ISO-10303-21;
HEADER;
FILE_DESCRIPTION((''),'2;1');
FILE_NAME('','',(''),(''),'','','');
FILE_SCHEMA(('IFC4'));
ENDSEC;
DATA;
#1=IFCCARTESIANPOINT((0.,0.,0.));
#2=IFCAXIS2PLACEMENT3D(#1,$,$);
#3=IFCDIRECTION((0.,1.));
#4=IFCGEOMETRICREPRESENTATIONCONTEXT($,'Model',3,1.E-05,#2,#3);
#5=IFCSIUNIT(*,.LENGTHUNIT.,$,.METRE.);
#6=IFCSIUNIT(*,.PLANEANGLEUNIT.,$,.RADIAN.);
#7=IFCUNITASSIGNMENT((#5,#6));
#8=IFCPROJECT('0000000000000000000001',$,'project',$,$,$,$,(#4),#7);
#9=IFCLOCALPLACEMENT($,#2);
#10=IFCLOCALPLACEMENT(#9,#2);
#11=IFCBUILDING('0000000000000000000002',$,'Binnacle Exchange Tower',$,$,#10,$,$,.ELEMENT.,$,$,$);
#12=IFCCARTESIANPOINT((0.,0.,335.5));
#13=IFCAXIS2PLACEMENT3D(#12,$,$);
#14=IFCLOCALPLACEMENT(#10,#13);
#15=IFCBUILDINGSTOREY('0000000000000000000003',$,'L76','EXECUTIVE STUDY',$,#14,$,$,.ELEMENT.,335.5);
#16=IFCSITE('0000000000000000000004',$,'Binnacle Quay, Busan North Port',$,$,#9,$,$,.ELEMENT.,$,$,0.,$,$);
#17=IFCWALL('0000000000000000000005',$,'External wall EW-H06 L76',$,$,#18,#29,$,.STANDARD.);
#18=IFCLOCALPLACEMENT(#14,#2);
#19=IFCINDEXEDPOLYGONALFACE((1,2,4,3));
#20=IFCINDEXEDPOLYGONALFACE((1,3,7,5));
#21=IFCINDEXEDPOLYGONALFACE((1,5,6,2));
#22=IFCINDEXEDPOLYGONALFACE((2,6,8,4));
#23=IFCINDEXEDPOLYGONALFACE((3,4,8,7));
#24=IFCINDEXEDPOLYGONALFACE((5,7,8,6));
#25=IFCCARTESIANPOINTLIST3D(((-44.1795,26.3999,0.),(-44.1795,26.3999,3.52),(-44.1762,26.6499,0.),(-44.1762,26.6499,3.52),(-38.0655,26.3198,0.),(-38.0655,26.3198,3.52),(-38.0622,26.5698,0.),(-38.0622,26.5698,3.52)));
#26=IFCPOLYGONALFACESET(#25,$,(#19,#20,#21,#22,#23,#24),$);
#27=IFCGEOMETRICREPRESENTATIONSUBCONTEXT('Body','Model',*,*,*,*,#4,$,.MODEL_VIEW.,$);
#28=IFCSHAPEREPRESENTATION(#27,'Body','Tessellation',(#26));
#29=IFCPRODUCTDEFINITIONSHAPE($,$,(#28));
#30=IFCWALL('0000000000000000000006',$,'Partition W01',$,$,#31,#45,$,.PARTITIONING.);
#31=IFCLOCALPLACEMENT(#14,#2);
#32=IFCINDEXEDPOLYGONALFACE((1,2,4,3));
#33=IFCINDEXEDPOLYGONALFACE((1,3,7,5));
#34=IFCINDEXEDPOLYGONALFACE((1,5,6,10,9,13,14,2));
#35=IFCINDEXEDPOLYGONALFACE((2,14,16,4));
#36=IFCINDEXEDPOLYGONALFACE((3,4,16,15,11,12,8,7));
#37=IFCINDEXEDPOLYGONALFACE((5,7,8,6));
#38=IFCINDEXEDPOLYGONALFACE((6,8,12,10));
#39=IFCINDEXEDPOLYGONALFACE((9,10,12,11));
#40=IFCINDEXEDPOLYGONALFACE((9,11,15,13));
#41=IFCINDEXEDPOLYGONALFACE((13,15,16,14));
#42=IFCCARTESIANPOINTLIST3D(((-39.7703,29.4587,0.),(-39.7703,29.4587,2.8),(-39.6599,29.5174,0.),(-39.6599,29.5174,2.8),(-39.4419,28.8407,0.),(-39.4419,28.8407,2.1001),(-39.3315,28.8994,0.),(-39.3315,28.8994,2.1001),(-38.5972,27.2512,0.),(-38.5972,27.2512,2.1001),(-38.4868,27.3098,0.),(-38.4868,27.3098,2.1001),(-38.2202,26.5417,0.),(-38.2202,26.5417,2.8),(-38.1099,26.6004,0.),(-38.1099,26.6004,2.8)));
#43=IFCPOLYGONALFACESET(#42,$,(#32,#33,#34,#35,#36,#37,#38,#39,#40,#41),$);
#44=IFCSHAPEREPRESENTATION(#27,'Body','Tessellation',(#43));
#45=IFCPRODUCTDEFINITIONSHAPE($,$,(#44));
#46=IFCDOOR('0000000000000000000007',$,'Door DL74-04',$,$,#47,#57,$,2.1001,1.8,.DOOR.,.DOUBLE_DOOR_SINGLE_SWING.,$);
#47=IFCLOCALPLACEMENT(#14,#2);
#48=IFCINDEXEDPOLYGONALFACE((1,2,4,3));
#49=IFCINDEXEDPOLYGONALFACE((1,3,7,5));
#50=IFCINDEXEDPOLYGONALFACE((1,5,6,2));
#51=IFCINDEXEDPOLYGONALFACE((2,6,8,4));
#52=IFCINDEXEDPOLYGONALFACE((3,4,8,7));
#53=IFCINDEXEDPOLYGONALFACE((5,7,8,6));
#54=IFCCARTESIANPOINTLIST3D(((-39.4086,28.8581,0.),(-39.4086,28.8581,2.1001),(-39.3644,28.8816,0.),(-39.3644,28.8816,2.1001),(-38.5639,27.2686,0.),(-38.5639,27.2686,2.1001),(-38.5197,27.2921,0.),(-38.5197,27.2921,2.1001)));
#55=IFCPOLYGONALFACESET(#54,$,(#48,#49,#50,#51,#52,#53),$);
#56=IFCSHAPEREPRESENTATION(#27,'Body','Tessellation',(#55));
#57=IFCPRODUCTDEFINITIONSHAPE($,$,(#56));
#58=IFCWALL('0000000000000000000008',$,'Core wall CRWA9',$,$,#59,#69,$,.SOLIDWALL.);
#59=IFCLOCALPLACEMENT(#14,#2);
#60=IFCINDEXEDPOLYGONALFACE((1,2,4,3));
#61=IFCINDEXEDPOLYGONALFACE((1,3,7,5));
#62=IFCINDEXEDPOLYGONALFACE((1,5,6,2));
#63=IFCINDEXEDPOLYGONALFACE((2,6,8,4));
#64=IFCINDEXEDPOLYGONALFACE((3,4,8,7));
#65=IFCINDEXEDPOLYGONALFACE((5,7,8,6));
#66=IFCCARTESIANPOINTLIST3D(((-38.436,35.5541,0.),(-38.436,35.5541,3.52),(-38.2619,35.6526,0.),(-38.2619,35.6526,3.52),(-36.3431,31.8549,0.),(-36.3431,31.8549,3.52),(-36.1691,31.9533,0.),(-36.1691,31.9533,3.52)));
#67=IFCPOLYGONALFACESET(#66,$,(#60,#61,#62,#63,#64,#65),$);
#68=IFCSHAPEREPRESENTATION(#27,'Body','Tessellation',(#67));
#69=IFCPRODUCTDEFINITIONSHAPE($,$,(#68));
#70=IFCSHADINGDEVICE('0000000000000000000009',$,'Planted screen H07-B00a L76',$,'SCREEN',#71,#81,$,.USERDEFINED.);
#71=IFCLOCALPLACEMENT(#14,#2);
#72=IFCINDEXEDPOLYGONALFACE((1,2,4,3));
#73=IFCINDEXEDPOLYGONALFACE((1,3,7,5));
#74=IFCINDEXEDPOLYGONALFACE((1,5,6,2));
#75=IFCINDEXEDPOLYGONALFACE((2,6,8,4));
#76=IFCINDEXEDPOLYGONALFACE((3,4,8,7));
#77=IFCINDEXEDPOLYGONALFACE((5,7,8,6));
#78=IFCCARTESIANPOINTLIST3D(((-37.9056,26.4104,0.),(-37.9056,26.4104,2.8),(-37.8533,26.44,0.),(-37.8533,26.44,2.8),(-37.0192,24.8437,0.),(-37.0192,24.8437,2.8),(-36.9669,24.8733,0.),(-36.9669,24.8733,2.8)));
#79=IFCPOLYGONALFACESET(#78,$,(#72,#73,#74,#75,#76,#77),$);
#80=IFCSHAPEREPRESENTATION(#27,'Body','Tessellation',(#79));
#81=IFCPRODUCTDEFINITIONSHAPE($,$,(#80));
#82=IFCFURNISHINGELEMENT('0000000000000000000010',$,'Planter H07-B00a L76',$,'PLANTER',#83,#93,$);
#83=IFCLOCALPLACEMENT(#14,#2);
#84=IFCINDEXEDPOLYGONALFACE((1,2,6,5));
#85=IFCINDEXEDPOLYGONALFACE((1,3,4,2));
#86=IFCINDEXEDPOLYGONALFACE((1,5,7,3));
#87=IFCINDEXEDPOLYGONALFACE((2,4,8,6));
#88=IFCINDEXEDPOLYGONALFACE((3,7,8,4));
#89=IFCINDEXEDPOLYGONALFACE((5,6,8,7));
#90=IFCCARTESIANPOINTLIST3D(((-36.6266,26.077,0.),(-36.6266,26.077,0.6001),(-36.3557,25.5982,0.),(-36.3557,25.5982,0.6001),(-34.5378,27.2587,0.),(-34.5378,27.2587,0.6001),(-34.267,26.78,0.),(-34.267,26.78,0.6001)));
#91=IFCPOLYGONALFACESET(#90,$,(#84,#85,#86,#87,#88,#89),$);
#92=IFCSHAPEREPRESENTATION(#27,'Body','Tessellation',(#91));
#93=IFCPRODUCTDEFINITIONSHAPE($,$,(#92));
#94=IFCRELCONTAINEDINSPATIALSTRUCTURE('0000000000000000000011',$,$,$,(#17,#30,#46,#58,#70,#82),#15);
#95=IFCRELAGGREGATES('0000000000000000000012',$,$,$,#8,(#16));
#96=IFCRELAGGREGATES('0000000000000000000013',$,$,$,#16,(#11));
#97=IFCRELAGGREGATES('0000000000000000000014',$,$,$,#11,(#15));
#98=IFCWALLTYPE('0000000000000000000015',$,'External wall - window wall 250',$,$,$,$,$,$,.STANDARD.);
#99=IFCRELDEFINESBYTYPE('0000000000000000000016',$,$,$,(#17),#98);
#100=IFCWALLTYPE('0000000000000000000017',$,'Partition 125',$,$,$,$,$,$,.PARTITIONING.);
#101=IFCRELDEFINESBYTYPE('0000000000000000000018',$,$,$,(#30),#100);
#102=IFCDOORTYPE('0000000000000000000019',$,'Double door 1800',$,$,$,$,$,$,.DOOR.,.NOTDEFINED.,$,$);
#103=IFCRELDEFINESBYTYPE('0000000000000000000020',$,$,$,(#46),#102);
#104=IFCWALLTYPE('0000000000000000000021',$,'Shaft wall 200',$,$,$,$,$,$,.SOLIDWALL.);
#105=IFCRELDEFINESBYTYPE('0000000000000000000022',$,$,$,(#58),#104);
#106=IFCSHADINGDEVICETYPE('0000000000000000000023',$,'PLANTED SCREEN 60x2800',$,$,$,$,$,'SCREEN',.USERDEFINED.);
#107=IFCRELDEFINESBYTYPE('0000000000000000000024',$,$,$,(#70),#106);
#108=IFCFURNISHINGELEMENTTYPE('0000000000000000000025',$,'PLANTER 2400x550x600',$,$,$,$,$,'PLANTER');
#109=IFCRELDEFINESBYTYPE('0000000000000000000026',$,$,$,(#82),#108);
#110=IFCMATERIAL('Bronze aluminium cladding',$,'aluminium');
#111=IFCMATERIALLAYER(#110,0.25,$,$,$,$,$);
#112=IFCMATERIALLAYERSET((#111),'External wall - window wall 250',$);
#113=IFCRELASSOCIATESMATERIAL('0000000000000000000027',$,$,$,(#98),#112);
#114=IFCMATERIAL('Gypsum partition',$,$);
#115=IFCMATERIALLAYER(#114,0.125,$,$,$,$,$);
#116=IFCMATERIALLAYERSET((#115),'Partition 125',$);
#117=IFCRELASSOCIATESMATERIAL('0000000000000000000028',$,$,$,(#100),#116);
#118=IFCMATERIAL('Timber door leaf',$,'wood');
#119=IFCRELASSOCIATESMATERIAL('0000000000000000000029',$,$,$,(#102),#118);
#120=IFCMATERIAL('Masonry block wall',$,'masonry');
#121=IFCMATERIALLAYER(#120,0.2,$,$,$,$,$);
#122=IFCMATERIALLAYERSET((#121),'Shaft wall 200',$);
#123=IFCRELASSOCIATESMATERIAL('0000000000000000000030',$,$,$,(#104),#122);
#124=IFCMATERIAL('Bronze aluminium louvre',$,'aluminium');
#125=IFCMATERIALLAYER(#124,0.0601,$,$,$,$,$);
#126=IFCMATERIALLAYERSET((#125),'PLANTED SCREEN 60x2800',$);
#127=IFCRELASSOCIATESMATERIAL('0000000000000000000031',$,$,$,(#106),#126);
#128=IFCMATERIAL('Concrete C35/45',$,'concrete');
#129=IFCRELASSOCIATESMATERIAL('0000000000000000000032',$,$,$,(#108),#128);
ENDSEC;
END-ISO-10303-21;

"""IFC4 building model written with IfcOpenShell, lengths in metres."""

from ifc_helpers import new_model, si_unit, direction, frame, frame_2d, origin, origin_2d, place, context, subcontext, project, spatial, rectangle, extrude, material, layer, layer_set, type_object, element, fill, save


model = new_model("IFC4")

# Units and contexts
model_context = context("Model", 3, precision=1e-05, world=origin(), true_north=direction((0.0, 1.0)))
body_context = subcontext(model_context, "Body", "Model", "MODEL_VIEW")
ifc_project = project(units=[si_unit("LENGTHUNIT", "METRE"), si_unit("PLANEANGLEUNIT", "RADIAN")], contexts=[model_context])

# Site, building, storey
site_placement = place(None, origin())
site = spatial("IfcSite", under=ifc_project, at=site_placement, Name="Binnacle Quay, Busan North Port", CompositionType="ELEMENT", RefElevation=0.0)
building_placement = place(site_placement, origin())
building = spatial("IfcBuilding", under=site, at=building_placement, Name="Binnacle Exchange Tower", CompositionType="ELEMENT")
storey_placement = place(building_placement, frame((0.0, 0.0, 335.5)))
storey = spatial("IfcBuildingStorey", under=building, at=storey_placement, Name="L76", Description="EXECUTIVE STUDY", CompositionType="ELEMENT", Elevation=335.5)

# Shared definitions
ifc_material_1 = material(Name="Bronze aluminium cladding", Category="aluminium")
ifc_layer_1 = layer(ifc_material_1, 0.25)
ifc_layer_set_1 = layer_set([ifc_layer_1], Name="External wall - window wall 250")
wall_type_1 = type_object("IfcWallType", Name="External wall - window wall 250", PredefinedType="STANDARD", material=ifc_layer_set_1)

# Wall
wall_1_placement = place(storey_placement, frame((-38.064, 26.4448, 0.0), z_axis=(0.0, 0.0, 1.0), x_axis=(-0.999914, 0.013096, 0.0)))
element("IfcWall", 1, at=wall_1_placement, inside=storey, type_object=wall_type_1, Name="External wall EW-H06 L76", PredefinedType="STANDARD", context=body_context, shape_type="SweptSolid", body=[
    extrude(rectangle(XDim=6.1145, YDim=0.25, at=frame_2d((3.0571, 0.0))), origin(), (0.0, 0.0, 1.0), 3.52),
])

# Wall, opening, door
ifc_material_2 = material(Name="Gypsum partition")
ifc_layer_2 = layer(ifc_material_2, 0.125)
ifc_layer_set_2 = layer_set([ifc_layer_2], Name="Partition 125")
wall_type_2 = type_object("IfcWallType", Name="Partition 125", PredefinedType="PARTITIONING", material=ifc_layer_set_2)
wall_2_placement = place(storey_placement, frame((-39.7151, 29.488, 0.0), z_axis=(0.0, 0.0, 1.0), x_axis=(0.469249, -0.883066, 0.0)))
wall_2 = element("IfcWall", 2, at=wall_2_placement, inside=storey, type_object=wall_type_2, Name="Partition W01", PredefinedType="PARTITIONING", context=body_context, shape_type="SweptSolid", body=[
    extrude(rectangle(XDim=3.3032, YDim=0.125, at=frame_2d((1.6516, 0.0))), origin(), (0.0, 0.0, 1.0), 2.8),
])
opening_1_placement = place(wall_2_placement, frame((0.7, 0.0, 0.0)))
opening_1 = element("IfcOpeningElement", 3, at=opening_1_placement, cuts=wall_2, PredefinedType="OPENING", context=body_context, shape_type="SweptSolid", body=[
    extrude(rectangle(XDim=1.8, YDim=2.1001, at=frame_2d((0.8999, 1.05))), frame((0.0, 0.0725, 0.0), z_axis=(0.0, -1.0, 0.0), x_axis=(1.0, 0.0, 0.0)), (0.0, 0.0, 1.0), 0.145),
])
ifc_material_3 = material(Name="Timber door leaf", Category="wood")
door_type_1 = type_object("IfcDoorType", Name="Double door 1800", OperationType="NOTDEFINED", PredefinedType="DOOR", material=ifc_material_3)
door_1_placement = place(opening_1_placement, frame((1.8, 0.0, 0.0), z_axis=(0.0, 0.0, 1.0), x_axis=(-1.0, 0.0, 0.0)))
door_1 = element("IfcDoor", 4, at=door_1_placement, inside=storey, type_object=door_type_1, Name="Door DL74-04", OperationType="DOUBLE_DOOR_SINGLE_SWING", OverallHeight=2.1001, OverallWidth=1.8, PredefinedType="DOOR", context=body_context, shape_type="SweptSolid", body=[
    extrude(rectangle(XDim=1.8, YDim=2.1001, at=frame_2d((0.8999, 1.05))), frame((0.0, 0.0249, 0.0), z_axis=(0.0, -1.0, 0.0), x_axis=(1.0, 0.0, 0.0)), (0.0, 0.0, 1.0), 0.05),
])
fill(opening_1, door_1)

# Wall
ifc_material_4 = material(Name="Masonry block wall", Category="masonry")
ifc_layer_3 = layer(ifc_material_4, 0.2)
ifc_layer_set_3 = layer_set([ifc_layer_3], Name="Shaft wall 200")
wall_type_3 = type_object("IfcWallType", Name="Shaft wall 200", PredefinedType="SOLIDWALL", material=ifc_layer_set_3)
wall_3_placement = place(storey_placement, frame((-38.3489, 35.6033, 0.0), z_axis=(0.0, 0.0, 1.0), x_axis=(0.492398, -0.87037, 0.0)))
element("IfcWall", 5, at=wall_3_placement, inside=storey, type_object=wall_type_3, Name="Core wall CRWA9", PredefinedType="SOLIDWALL", context=body_context, shape_type="SweptSolid", body=[
    extrude(rectangle(XDim=4.2502, YDim=0.2, at=frame_2d((2.125, 0.0))), origin(), (0.0, 0.0, 1.0), 3.52),
])

# Shading device
ifc_material_5 = material(Name="Bronze aluminium louvre", Category="aluminium")
ifc_layer_4 = layer(ifc_material_5, 0.0601)
ifc_layer_set_4 = layer_set([ifc_layer_4], Name="PLANTED SCREEN 60x2800")
shading_device_type = type_object("IfcShadingDeviceType", Name="PLANTED SCREEN 60x2800", ElementType="SCREEN", PredefinedType="USERDEFINED", material=ifc_layer_set_4)
shading_device_placement = place(storey_placement, frame((-37.4363, 25.6418, 0.0), z_axis=(0.0, 0.0, 1.0), x_axis=(0.870356, 0.492424, 0.0)))
element("IfcShadingDevice", 6, at=shading_device_placement, inside=storey, type_object=shading_device_type, Name="Planted screen H07-B00a L76", ObjectType="SCREEN", PredefinedType="USERDEFINED", context=body_context, shape_type="SweptSolid", body=[
    extrude(rectangle(XDim=0.0601, YDim=1.8, at=origin_2d()), origin(), (0.0, 0.0, 1.0), 2.8),
])

# Furnishing element
ifc_material_6 = material(Name="Concrete C35/45", Category="concrete")
furnishing_element_type = type_object("IfcFurnishingElementType", Name="PLANTER 2400x550x600", ElementType="PLANTER", material=ifc_material_6)
furnishing_placement = place(storey_placement, frame((-35.4468, 26.4285, 0.0), z_axis=(0.0, 0.0, 1.0), x_axis=(0.870356, 0.492424, 0.0)))
element("IfcFurnishingElement", 7, at=furnishing_placement, inside=storey, type_object=furnishing_element_type, Name="Planter H07-B00a L76", ObjectType="PLANTER", context=body_context, shape_type="SweptSolid", body=[
    extrude(rectangle(XDim=2.3999, YDim=0.55, at=origin_2d()), origin(), (0.0, 0.0, 1.0), 0.6001),
])

save(model, "model.ifc")
